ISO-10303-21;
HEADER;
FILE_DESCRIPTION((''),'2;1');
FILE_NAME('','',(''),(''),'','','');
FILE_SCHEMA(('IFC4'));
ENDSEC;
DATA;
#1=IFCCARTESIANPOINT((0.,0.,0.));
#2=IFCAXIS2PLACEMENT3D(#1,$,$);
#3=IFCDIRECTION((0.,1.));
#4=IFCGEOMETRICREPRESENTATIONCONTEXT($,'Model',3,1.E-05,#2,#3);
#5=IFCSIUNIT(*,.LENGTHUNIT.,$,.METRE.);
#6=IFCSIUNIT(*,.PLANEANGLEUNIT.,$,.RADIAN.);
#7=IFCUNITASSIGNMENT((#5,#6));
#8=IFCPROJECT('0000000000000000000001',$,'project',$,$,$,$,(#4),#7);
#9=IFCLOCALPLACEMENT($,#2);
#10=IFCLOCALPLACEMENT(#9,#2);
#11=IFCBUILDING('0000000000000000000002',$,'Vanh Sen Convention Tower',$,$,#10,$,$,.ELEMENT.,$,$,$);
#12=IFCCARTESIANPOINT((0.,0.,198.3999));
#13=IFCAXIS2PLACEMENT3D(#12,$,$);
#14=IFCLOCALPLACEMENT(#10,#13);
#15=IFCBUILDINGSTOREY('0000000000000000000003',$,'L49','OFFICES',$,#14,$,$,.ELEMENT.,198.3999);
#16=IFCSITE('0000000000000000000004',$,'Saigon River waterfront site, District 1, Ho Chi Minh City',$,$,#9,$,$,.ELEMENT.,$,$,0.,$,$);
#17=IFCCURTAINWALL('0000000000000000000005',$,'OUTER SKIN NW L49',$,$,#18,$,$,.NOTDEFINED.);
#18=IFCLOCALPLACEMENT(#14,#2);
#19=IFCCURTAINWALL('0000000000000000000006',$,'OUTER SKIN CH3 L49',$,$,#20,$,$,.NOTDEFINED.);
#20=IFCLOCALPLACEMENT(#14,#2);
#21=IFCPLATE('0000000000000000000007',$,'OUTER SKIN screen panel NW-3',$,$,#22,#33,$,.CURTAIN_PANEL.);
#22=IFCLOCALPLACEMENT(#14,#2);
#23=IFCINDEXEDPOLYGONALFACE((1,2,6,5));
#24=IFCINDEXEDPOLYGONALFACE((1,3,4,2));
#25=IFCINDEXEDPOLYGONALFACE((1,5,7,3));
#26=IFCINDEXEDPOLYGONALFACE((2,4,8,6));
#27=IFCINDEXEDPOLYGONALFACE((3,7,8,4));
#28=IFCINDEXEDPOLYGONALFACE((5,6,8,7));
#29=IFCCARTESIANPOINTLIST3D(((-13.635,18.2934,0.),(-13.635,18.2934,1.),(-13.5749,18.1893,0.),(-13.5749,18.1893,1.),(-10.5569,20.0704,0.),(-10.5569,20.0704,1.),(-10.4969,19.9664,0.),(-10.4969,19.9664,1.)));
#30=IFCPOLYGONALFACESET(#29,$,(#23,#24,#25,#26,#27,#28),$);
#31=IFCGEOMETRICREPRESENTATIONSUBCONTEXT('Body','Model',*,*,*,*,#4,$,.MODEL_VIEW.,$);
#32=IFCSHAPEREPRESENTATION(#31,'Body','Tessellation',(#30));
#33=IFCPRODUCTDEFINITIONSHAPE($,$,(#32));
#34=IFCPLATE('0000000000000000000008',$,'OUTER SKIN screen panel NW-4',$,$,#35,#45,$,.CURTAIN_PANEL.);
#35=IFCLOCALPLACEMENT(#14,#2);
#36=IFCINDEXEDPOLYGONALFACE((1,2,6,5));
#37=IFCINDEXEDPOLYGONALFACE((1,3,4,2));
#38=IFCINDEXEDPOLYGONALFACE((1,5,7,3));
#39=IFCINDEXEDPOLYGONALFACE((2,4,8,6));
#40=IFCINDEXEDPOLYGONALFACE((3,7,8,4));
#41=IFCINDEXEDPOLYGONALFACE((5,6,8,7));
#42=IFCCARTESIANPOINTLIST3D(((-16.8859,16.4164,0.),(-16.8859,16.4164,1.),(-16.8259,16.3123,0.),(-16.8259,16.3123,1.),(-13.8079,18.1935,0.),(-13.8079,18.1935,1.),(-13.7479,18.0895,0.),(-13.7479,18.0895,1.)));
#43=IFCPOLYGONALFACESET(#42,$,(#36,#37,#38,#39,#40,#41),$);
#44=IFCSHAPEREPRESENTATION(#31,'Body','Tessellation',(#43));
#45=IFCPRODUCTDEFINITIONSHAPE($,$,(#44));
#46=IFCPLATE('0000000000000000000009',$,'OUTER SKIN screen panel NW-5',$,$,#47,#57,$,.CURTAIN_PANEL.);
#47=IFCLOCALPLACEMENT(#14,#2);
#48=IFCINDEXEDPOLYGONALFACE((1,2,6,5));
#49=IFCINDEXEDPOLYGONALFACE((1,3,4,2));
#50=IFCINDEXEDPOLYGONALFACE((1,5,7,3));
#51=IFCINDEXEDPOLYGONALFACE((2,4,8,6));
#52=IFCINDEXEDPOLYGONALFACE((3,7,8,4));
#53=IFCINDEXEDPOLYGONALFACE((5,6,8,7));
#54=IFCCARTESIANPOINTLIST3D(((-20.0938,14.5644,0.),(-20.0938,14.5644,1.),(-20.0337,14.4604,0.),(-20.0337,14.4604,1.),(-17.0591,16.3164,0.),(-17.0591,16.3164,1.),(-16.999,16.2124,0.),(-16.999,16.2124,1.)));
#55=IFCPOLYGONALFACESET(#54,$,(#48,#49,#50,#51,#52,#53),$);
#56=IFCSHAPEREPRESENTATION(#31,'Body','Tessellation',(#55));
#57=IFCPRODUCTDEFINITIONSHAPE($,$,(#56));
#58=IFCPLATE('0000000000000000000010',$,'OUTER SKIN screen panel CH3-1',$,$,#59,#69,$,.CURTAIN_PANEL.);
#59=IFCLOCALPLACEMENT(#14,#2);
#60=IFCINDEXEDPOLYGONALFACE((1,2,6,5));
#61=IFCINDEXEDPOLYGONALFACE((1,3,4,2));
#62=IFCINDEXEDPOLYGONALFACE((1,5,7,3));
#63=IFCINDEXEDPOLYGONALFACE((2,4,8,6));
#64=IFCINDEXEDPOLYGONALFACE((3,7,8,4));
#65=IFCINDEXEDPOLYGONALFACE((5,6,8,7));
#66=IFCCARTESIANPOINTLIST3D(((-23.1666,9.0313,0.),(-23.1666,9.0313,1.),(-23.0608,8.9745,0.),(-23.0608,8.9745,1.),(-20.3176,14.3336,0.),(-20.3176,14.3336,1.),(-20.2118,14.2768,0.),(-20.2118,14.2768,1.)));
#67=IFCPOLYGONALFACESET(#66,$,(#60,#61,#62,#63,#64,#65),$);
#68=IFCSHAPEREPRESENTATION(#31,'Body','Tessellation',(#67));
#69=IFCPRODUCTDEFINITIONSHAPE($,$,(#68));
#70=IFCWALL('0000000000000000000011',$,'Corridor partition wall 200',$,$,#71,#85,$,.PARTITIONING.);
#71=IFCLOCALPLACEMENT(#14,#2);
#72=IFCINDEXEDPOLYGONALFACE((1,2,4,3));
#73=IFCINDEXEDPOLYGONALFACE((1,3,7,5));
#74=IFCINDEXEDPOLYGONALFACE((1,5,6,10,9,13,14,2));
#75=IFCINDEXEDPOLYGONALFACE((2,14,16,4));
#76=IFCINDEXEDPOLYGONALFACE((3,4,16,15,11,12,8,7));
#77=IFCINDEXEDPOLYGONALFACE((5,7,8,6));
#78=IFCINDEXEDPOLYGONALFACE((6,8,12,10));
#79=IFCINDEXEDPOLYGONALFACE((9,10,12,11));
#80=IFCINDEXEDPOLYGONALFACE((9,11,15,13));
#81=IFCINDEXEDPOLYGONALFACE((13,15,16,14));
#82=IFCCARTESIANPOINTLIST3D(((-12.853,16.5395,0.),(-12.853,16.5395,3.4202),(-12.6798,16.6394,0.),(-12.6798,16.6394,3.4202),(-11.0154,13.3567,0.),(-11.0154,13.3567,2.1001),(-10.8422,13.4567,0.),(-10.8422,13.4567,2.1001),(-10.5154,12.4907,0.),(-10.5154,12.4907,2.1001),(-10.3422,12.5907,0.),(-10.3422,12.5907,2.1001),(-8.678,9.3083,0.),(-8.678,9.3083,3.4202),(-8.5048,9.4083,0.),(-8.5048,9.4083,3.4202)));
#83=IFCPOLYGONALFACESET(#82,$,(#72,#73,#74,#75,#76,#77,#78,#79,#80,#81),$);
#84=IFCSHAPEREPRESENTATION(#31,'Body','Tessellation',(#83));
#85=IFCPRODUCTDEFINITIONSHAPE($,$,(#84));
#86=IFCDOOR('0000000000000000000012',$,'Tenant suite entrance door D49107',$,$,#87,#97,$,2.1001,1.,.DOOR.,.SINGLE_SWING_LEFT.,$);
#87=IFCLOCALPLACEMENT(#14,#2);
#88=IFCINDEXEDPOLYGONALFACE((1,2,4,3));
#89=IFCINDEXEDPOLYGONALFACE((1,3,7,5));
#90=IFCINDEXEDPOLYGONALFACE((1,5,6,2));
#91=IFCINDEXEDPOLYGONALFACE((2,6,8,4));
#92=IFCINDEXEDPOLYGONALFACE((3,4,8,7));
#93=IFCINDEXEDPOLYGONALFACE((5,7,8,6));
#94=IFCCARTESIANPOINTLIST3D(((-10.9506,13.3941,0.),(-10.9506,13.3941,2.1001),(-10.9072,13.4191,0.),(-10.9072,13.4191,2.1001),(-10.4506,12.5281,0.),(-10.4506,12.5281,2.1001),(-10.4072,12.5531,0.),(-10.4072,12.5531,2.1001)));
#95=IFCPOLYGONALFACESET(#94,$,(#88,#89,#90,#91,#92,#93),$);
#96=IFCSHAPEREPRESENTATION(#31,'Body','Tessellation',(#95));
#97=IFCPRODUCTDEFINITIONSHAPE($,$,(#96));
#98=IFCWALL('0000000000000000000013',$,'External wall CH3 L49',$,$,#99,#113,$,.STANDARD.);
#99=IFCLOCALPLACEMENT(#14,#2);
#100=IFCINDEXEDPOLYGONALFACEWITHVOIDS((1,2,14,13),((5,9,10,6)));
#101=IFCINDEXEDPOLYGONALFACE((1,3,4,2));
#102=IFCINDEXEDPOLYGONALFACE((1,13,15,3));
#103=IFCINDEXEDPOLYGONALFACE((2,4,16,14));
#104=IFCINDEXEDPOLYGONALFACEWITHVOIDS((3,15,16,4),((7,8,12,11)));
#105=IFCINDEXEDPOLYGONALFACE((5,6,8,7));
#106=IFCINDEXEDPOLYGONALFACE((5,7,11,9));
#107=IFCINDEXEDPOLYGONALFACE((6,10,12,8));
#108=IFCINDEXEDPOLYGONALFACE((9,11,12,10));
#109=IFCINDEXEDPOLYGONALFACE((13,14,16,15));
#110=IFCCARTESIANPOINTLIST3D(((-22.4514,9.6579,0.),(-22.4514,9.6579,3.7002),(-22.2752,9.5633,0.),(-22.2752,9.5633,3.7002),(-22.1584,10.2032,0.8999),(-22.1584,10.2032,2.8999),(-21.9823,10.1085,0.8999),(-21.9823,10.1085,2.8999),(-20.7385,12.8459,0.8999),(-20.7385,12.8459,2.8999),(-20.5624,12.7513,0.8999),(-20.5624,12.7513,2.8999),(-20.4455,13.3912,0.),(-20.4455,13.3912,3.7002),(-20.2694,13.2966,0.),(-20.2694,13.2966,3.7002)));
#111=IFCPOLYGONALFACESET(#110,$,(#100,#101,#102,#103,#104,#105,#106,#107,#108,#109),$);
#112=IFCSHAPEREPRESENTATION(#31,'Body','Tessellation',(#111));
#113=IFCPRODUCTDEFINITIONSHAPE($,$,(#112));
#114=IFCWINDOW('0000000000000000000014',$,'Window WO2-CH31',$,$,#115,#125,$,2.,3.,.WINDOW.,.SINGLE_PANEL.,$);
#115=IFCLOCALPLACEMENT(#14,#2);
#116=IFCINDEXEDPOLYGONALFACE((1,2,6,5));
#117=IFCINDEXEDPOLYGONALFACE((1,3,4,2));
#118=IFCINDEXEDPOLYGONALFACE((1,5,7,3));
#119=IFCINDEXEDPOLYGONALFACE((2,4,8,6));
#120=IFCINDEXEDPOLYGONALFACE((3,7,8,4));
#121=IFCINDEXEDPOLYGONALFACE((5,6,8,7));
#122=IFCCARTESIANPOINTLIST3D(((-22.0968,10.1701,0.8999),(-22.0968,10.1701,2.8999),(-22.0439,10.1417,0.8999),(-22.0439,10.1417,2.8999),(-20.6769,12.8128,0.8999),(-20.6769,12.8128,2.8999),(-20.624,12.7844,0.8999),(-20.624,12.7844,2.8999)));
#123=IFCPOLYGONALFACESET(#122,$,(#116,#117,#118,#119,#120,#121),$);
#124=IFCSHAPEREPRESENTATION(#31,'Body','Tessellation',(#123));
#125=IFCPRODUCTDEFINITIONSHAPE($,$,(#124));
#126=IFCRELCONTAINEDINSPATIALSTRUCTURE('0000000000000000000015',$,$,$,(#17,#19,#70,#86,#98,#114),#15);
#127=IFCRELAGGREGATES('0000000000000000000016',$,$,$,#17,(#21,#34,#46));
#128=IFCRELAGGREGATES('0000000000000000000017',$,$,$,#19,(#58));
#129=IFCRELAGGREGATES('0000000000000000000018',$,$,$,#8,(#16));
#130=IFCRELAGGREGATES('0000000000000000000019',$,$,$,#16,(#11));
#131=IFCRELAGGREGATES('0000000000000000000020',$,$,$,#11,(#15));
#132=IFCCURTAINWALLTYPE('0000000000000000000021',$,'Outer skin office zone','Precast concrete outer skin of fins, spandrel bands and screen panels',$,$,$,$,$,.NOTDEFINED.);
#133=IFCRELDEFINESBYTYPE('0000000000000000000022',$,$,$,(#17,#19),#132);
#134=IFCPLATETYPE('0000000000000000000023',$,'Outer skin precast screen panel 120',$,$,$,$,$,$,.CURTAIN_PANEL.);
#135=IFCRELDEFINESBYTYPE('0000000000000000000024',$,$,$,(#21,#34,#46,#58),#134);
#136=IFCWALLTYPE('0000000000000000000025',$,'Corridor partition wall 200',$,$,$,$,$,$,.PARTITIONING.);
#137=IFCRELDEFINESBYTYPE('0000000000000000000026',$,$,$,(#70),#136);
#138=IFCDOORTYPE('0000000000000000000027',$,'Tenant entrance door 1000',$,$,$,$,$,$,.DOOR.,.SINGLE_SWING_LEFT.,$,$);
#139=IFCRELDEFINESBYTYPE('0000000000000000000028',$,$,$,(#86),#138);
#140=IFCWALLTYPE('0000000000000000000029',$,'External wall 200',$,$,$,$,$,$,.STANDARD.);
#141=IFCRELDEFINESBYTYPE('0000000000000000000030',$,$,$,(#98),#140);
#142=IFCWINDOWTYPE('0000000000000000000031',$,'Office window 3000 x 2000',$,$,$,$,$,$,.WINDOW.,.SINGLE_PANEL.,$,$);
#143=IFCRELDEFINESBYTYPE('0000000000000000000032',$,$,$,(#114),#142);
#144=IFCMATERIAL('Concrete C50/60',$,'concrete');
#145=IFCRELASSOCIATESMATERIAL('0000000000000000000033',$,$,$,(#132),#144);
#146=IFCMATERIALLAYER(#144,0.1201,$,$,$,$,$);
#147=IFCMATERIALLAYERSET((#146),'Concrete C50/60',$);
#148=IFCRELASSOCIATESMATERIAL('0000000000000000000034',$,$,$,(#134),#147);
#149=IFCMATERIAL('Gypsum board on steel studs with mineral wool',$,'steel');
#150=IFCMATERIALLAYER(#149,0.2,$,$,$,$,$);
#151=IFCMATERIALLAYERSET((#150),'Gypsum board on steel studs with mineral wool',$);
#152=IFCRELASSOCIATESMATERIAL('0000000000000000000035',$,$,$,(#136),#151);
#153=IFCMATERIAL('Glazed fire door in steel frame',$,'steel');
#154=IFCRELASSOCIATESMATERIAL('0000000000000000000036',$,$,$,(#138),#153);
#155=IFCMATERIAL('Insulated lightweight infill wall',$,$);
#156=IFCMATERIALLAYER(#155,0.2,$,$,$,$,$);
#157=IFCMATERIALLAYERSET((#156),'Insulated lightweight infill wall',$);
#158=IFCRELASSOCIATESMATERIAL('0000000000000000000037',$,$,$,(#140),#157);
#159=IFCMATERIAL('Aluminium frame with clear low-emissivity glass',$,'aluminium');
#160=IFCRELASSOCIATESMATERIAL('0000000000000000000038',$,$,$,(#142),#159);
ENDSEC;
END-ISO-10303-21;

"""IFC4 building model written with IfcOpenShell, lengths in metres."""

from ifc_helpers import new_model, si_unit, direction, frame, frame_2d, origin, origin_2d, place, context, subcontext, project, spatial, rectangle, extrude, material, layer, layer_set, type_object, element, fill, aggregate, save


model = new_model("IFC4")

# Units and contexts
model_context = context("Model", 3, precision=1e-05, world=origin(), true_north=direction((0.0, 1.0)))
body_context = subcontext(model_context, "Body", "Model", "MODEL_VIEW")
ifc_project = project(units=[si_unit("LENGTHUNIT", "METRE"), si_unit("PLANEANGLEUNIT", "RADIAN")], contexts=[model_context])

# Site, building, storey
site_placement = place(None, origin())
site = spatial("IfcSite", under=ifc_project, at=site_placement, Name="Saigon River waterfront site, District 1, Ho Chi Minh City", CompositionType="ELEMENT", RefElevation=0.0)
building_placement = place(site_placement, origin())
building = spatial("IfcBuilding", under=site, at=building_placement, Name="Vanh Sen Convention Tower", CompositionType="ELEMENT")
storey_placement = place(building_placement, frame((0.0, 0.0, 198.3999)))
storey = spatial("IfcBuildingStorey", under=building, at=storey_placement, Name="L49", Description="OFFICES", CompositionType="ELEMENT", Elevation=198.3999)

# Curtain wall
ifc_material_1 = material(Name="Concrete C50/60", Category="concrete")
curtain_wall_type = type_object("IfcCurtainWallType", Name="Outer skin office zone", Description="Precast concrete outer skin of fins, spandrel bands and screen panels", PredefinedType="NOTDEFINED", material=ifc_material_1)
curtain_wall_1_placement = place(storey_placement, origin())
curtain_wall_1 = element("IfcCurtainWall", 1, at=curtain_wall_1_placement, inside=storey, type_object=curtain_wall_type, Name="OUTER SKIN NW L49", PredefinedType="NOTDEFINED")

# Curtain wall
curtain_wall_2_placement = place(storey_placement, origin())
curtain_wall_2 = element("IfcCurtainWall", 2, at=curtain_wall_2_placement, inside=storey, type_object=curtain_wall_type, Name="OUTER SKIN CH3 L49", PredefinedType="NOTDEFINED")

# Plates
ifc_layer_1 = layer(ifc_material_1, 0.1201)
ifc_layer_set_1 = layer_set([ifc_layer_1], Name="Concrete C50/60")
plate_type = type_object("IfcPlateType", Name="Outer skin precast screen panel 120", PredefinedType="CURTAIN_PANEL", material=ifc_layer_set_1)
plate_1_placement = place(storey_placement, frame((-12.0659, 19.1299, 0.0), z_axis=(0.0, 0.0, 1.0), x_axis=(-0.866035, -0.499983, 0.0)))
plate_1 = element("IfcPlate", 3, at=plate_1_placement, type_object=plate_type, Name="OUTER SKIN screen panel NW-3", PredefinedType="CURTAIN_PANEL", context=body_context, shape_type="SweptSolid", body=[
    extrude(rectangle(XDim=3.5542, YDim=0.1201, at=origin_2d()), origin(), (0.0, 0.0, 1.0), 1.0),
])
plate_2_placement = place(storey_placement, frame((-15.3169, 17.2529, 0.0), z_axis=(0.0, 0.0, 1.0), x_axis=(-0.866017, -0.500015, 0.0)))
plate_2 = element("IfcPlate", 4, at=plate_2_placement, type_object=plate_type, Name="OUTER SKIN screen panel NW-4", PredefinedType="CURTAIN_PANEL", context=body_context, shape_type="SweptSolid", body=[
    extrude(rectangle(XDim=3.5542, YDim=0.1201, at=origin_2d()), origin(), (0.0, 0.0, 1.0), 1.0),
])
plate_3_placement = place(storey_placement, frame((-18.5464, 15.3884, 0.0), z_axis=(0.0, 0.0, 1.0), x_axis=(-0.866035, -0.499983, 0.0)))
plate_3 = element("IfcPlate", 5, at=plate_3_placement, type_object=plate_type, Name="OUTER SKIN screen panel NW-5", PredefinedType="CURTAIN_PANEL", context=body_context, shape_type="SweptSolid", body=[
    extrude(rectangle(XDim=3.5042, YDim=0.1201, at=origin_2d()), origin(), (0.0, 0.0, 1.0), 1.0),
])
aggregate(curtain_wall_1, [plate_1, plate_2, plate_3])
plate_4_placement = place(storey_placement, frame((-21.6892, 11.6541, 0.0), z_axis=(0.0, 0.0, 1.0), x_axis=(-0.473318, -0.880892, 0.0)))
plate_4 = element("IfcPlate", 6, at=plate_4_placement, type_object=plate_type, Name="OUTER SKIN screen panel CH3-1", PredefinedType="CURTAIN_PANEL", context=body_context, shape_type="SweptSolid", body=[
    extrude(rectangle(XDim=6.0193, YDim=0.1201, at=origin_2d()), origin(), (0.0, 0.0, 1.0), 1.0),
])
aggregate(curtain_wall_2, [plate_4])

# Wall, opening, door
ifc_material_2 = material(Name="Gypsum board on steel studs with mineral wool", Category="steel")
ifc_layer_2 = layer(ifc_material_2, 0.2)
ifc_layer_set_2 = layer_set([ifc_layer_2], Name="Gypsum board on steel studs with mineral wool")
wall_type_1 = type_object("IfcWallType", Name="Corridor partition wall 200", PredefinedType="PARTITIONING", material=ifc_layer_set_2)
wall_1_placement = place(storey_placement, frame((-12.7664, 16.5894, 0.0), z_axis=(0.0, 0.0, 1.0), x_axis=(0.50001, -0.86602, 0.0)))
wall_1 = element("IfcWall", 7, at=wall_1_placement, inside=storey, type_object=wall_type_1, Name="Corridor partition wall 200", PredefinedType="PARTITIONING", context=body_context, shape_type="SweptSolid", body=[
    extrude(rectangle(XDim=8.3499, YDim=0.2, at=frame_2d((4.1748, 0.0))), origin(), (0.0, 0.0, 1.0), 3.4202),
])
opening_1_placement = place(wall_1_placement, frame((3.675, 0.0, 0.0)))
opening_1 = element("IfcOpeningElement", 8, at=opening_1_placement, cuts=wall_1, PredefinedType="OPENING", context=body_context, shape_type="SweptSolid", body=[
    extrude(rectangle(XDim=1.0, YDim=2.1001, at=frame_2d((0.5, 1.05))), frame((0.0, 0.1099, 0.0), z_axis=(0.0, -1.0, 0.0), x_axis=(1.0, 0.0, 0.0)), (0.0, 0.0, 1.0), 0.22),
])
ifc_material_3 = material(Name="Glazed fire door in steel frame", Category="steel")
door_type = type_object("IfcDoorType", Name="Tenant entrance door 1000", OperationType="SINGLE_SWING_LEFT", PredefinedType="DOOR", material=ifc_material_3)
door_placement = place(opening_1_placement, origin())
door = element("IfcDoor", 9, at=door_placement, inside=storey, type_object=door_type, Name="Tenant suite entrance door D49107", OperationType="SINGLE_SWING_LEFT", OverallHeight=2.1001, OverallWidth=1.0, PredefinedType="DOOR", context=body_context, shape_type="SweptSolid", body=[
    extrude(rectangle(XDim=1.0, YDim=2.1001, at=frame_2d((0.5, 1.05))), frame((0.0, 0.0249, 0.0), z_axis=(0.0, -1.0, 0.0), x_axis=(1.0, 0.0, 0.0)), (0.0, 0.0, 1.0), 0.05),
])
fill(opening_1, door)

# Wall, opening, window
ifc_material_4 = material(Name="Insulated lightweight infill wall")
ifc_layer_3 = layer(ifc_material_4, 0.2)
ifc_layer_set_3 = layer_set([ifc_layer_3], Name="Insulated lightweight infill wall")
wall_type_2 = type_object("IfcWallType", Name="External wall 200", PredefinedType="STANDARD", material=ifc_layer_set_3)
wall_2_placement = place(storey_placement, frame((-20.3574, 13.344, 0.0), z_axis=(0.0, 0.0, 1.0), x_axis=(-0.473289, -0.880907, 0.0)))
wall_2 = element("IfcWall", 10, at=wall_2_placement, inside=storey, type_object=wall_type_2, Name="External wall CH3 L49", PredefinedType="STANDARD", context=body_context, shape_type="SweptSolid", body=[
    extrude(rectangle(XDim=4.238, YDim=0.2, at=frame_2d((2.1191, 0.0))), origin(), (0.0, 0.0, 1.0), 3.7002),
])
opening_2_placement = place(wall_2_placement, frame((0.6191, 0.0, 0.8999)))
opening_2 = element("IfcOpeningElement", 11, at=opening_2_placement, cuts=wall_2, PredefinedType="OPENING", context=body_context, shape_type="SweptSolid", body=[
    extrude(rectangle(XDim=3.0, YDim=2.0, at=frame_2d((1.5, 1.0))), frame((0.0, 0.1099, 0.0), z_axis=(0.0, -1.0, 0.0), x_axis=(1.0, 0.0, 0.0)), (0.0, 0.0, 1.0), 0.22),
])
ifc_material_5 = material(Name="Aluminium frame with clear low-emissivity glass", Category="aluminium")
window_type_1 = type_object("IfcWindowType", Name="Office window 3000 x 2000", PartitioningType="SINGLE_PANEL", PredefinedType="WINDOW", material=ifc_material_5)
window_1_placement = place(opening_2_placement, origin())
window_1 = element("IfcWindow", 12, at=window_1_placement, inside=storey, type_object=window_type_1, Name="Window WO2-CH31", OverallHeight=2.0, OverallWidth=3.0, PartitioningType="SINGLE_PANEL", PredefinedType="WINDOW", context=body_context, shape_type="SweptSolid", body=[
    extrude(rectangle(XDim=3.0, YDim=2.0, at=frame_2d((1.5, 1.0))), frame((0.0, 0.03, 0.0), z_axis=(0.0, -1.0, 0.0), x_axis=(1.0, 0.0, 0.0)), (0.0, 0.0, 1.0), 0.0601),
])
fill(opening_2, window_1)

save(model, "model.ifc")
